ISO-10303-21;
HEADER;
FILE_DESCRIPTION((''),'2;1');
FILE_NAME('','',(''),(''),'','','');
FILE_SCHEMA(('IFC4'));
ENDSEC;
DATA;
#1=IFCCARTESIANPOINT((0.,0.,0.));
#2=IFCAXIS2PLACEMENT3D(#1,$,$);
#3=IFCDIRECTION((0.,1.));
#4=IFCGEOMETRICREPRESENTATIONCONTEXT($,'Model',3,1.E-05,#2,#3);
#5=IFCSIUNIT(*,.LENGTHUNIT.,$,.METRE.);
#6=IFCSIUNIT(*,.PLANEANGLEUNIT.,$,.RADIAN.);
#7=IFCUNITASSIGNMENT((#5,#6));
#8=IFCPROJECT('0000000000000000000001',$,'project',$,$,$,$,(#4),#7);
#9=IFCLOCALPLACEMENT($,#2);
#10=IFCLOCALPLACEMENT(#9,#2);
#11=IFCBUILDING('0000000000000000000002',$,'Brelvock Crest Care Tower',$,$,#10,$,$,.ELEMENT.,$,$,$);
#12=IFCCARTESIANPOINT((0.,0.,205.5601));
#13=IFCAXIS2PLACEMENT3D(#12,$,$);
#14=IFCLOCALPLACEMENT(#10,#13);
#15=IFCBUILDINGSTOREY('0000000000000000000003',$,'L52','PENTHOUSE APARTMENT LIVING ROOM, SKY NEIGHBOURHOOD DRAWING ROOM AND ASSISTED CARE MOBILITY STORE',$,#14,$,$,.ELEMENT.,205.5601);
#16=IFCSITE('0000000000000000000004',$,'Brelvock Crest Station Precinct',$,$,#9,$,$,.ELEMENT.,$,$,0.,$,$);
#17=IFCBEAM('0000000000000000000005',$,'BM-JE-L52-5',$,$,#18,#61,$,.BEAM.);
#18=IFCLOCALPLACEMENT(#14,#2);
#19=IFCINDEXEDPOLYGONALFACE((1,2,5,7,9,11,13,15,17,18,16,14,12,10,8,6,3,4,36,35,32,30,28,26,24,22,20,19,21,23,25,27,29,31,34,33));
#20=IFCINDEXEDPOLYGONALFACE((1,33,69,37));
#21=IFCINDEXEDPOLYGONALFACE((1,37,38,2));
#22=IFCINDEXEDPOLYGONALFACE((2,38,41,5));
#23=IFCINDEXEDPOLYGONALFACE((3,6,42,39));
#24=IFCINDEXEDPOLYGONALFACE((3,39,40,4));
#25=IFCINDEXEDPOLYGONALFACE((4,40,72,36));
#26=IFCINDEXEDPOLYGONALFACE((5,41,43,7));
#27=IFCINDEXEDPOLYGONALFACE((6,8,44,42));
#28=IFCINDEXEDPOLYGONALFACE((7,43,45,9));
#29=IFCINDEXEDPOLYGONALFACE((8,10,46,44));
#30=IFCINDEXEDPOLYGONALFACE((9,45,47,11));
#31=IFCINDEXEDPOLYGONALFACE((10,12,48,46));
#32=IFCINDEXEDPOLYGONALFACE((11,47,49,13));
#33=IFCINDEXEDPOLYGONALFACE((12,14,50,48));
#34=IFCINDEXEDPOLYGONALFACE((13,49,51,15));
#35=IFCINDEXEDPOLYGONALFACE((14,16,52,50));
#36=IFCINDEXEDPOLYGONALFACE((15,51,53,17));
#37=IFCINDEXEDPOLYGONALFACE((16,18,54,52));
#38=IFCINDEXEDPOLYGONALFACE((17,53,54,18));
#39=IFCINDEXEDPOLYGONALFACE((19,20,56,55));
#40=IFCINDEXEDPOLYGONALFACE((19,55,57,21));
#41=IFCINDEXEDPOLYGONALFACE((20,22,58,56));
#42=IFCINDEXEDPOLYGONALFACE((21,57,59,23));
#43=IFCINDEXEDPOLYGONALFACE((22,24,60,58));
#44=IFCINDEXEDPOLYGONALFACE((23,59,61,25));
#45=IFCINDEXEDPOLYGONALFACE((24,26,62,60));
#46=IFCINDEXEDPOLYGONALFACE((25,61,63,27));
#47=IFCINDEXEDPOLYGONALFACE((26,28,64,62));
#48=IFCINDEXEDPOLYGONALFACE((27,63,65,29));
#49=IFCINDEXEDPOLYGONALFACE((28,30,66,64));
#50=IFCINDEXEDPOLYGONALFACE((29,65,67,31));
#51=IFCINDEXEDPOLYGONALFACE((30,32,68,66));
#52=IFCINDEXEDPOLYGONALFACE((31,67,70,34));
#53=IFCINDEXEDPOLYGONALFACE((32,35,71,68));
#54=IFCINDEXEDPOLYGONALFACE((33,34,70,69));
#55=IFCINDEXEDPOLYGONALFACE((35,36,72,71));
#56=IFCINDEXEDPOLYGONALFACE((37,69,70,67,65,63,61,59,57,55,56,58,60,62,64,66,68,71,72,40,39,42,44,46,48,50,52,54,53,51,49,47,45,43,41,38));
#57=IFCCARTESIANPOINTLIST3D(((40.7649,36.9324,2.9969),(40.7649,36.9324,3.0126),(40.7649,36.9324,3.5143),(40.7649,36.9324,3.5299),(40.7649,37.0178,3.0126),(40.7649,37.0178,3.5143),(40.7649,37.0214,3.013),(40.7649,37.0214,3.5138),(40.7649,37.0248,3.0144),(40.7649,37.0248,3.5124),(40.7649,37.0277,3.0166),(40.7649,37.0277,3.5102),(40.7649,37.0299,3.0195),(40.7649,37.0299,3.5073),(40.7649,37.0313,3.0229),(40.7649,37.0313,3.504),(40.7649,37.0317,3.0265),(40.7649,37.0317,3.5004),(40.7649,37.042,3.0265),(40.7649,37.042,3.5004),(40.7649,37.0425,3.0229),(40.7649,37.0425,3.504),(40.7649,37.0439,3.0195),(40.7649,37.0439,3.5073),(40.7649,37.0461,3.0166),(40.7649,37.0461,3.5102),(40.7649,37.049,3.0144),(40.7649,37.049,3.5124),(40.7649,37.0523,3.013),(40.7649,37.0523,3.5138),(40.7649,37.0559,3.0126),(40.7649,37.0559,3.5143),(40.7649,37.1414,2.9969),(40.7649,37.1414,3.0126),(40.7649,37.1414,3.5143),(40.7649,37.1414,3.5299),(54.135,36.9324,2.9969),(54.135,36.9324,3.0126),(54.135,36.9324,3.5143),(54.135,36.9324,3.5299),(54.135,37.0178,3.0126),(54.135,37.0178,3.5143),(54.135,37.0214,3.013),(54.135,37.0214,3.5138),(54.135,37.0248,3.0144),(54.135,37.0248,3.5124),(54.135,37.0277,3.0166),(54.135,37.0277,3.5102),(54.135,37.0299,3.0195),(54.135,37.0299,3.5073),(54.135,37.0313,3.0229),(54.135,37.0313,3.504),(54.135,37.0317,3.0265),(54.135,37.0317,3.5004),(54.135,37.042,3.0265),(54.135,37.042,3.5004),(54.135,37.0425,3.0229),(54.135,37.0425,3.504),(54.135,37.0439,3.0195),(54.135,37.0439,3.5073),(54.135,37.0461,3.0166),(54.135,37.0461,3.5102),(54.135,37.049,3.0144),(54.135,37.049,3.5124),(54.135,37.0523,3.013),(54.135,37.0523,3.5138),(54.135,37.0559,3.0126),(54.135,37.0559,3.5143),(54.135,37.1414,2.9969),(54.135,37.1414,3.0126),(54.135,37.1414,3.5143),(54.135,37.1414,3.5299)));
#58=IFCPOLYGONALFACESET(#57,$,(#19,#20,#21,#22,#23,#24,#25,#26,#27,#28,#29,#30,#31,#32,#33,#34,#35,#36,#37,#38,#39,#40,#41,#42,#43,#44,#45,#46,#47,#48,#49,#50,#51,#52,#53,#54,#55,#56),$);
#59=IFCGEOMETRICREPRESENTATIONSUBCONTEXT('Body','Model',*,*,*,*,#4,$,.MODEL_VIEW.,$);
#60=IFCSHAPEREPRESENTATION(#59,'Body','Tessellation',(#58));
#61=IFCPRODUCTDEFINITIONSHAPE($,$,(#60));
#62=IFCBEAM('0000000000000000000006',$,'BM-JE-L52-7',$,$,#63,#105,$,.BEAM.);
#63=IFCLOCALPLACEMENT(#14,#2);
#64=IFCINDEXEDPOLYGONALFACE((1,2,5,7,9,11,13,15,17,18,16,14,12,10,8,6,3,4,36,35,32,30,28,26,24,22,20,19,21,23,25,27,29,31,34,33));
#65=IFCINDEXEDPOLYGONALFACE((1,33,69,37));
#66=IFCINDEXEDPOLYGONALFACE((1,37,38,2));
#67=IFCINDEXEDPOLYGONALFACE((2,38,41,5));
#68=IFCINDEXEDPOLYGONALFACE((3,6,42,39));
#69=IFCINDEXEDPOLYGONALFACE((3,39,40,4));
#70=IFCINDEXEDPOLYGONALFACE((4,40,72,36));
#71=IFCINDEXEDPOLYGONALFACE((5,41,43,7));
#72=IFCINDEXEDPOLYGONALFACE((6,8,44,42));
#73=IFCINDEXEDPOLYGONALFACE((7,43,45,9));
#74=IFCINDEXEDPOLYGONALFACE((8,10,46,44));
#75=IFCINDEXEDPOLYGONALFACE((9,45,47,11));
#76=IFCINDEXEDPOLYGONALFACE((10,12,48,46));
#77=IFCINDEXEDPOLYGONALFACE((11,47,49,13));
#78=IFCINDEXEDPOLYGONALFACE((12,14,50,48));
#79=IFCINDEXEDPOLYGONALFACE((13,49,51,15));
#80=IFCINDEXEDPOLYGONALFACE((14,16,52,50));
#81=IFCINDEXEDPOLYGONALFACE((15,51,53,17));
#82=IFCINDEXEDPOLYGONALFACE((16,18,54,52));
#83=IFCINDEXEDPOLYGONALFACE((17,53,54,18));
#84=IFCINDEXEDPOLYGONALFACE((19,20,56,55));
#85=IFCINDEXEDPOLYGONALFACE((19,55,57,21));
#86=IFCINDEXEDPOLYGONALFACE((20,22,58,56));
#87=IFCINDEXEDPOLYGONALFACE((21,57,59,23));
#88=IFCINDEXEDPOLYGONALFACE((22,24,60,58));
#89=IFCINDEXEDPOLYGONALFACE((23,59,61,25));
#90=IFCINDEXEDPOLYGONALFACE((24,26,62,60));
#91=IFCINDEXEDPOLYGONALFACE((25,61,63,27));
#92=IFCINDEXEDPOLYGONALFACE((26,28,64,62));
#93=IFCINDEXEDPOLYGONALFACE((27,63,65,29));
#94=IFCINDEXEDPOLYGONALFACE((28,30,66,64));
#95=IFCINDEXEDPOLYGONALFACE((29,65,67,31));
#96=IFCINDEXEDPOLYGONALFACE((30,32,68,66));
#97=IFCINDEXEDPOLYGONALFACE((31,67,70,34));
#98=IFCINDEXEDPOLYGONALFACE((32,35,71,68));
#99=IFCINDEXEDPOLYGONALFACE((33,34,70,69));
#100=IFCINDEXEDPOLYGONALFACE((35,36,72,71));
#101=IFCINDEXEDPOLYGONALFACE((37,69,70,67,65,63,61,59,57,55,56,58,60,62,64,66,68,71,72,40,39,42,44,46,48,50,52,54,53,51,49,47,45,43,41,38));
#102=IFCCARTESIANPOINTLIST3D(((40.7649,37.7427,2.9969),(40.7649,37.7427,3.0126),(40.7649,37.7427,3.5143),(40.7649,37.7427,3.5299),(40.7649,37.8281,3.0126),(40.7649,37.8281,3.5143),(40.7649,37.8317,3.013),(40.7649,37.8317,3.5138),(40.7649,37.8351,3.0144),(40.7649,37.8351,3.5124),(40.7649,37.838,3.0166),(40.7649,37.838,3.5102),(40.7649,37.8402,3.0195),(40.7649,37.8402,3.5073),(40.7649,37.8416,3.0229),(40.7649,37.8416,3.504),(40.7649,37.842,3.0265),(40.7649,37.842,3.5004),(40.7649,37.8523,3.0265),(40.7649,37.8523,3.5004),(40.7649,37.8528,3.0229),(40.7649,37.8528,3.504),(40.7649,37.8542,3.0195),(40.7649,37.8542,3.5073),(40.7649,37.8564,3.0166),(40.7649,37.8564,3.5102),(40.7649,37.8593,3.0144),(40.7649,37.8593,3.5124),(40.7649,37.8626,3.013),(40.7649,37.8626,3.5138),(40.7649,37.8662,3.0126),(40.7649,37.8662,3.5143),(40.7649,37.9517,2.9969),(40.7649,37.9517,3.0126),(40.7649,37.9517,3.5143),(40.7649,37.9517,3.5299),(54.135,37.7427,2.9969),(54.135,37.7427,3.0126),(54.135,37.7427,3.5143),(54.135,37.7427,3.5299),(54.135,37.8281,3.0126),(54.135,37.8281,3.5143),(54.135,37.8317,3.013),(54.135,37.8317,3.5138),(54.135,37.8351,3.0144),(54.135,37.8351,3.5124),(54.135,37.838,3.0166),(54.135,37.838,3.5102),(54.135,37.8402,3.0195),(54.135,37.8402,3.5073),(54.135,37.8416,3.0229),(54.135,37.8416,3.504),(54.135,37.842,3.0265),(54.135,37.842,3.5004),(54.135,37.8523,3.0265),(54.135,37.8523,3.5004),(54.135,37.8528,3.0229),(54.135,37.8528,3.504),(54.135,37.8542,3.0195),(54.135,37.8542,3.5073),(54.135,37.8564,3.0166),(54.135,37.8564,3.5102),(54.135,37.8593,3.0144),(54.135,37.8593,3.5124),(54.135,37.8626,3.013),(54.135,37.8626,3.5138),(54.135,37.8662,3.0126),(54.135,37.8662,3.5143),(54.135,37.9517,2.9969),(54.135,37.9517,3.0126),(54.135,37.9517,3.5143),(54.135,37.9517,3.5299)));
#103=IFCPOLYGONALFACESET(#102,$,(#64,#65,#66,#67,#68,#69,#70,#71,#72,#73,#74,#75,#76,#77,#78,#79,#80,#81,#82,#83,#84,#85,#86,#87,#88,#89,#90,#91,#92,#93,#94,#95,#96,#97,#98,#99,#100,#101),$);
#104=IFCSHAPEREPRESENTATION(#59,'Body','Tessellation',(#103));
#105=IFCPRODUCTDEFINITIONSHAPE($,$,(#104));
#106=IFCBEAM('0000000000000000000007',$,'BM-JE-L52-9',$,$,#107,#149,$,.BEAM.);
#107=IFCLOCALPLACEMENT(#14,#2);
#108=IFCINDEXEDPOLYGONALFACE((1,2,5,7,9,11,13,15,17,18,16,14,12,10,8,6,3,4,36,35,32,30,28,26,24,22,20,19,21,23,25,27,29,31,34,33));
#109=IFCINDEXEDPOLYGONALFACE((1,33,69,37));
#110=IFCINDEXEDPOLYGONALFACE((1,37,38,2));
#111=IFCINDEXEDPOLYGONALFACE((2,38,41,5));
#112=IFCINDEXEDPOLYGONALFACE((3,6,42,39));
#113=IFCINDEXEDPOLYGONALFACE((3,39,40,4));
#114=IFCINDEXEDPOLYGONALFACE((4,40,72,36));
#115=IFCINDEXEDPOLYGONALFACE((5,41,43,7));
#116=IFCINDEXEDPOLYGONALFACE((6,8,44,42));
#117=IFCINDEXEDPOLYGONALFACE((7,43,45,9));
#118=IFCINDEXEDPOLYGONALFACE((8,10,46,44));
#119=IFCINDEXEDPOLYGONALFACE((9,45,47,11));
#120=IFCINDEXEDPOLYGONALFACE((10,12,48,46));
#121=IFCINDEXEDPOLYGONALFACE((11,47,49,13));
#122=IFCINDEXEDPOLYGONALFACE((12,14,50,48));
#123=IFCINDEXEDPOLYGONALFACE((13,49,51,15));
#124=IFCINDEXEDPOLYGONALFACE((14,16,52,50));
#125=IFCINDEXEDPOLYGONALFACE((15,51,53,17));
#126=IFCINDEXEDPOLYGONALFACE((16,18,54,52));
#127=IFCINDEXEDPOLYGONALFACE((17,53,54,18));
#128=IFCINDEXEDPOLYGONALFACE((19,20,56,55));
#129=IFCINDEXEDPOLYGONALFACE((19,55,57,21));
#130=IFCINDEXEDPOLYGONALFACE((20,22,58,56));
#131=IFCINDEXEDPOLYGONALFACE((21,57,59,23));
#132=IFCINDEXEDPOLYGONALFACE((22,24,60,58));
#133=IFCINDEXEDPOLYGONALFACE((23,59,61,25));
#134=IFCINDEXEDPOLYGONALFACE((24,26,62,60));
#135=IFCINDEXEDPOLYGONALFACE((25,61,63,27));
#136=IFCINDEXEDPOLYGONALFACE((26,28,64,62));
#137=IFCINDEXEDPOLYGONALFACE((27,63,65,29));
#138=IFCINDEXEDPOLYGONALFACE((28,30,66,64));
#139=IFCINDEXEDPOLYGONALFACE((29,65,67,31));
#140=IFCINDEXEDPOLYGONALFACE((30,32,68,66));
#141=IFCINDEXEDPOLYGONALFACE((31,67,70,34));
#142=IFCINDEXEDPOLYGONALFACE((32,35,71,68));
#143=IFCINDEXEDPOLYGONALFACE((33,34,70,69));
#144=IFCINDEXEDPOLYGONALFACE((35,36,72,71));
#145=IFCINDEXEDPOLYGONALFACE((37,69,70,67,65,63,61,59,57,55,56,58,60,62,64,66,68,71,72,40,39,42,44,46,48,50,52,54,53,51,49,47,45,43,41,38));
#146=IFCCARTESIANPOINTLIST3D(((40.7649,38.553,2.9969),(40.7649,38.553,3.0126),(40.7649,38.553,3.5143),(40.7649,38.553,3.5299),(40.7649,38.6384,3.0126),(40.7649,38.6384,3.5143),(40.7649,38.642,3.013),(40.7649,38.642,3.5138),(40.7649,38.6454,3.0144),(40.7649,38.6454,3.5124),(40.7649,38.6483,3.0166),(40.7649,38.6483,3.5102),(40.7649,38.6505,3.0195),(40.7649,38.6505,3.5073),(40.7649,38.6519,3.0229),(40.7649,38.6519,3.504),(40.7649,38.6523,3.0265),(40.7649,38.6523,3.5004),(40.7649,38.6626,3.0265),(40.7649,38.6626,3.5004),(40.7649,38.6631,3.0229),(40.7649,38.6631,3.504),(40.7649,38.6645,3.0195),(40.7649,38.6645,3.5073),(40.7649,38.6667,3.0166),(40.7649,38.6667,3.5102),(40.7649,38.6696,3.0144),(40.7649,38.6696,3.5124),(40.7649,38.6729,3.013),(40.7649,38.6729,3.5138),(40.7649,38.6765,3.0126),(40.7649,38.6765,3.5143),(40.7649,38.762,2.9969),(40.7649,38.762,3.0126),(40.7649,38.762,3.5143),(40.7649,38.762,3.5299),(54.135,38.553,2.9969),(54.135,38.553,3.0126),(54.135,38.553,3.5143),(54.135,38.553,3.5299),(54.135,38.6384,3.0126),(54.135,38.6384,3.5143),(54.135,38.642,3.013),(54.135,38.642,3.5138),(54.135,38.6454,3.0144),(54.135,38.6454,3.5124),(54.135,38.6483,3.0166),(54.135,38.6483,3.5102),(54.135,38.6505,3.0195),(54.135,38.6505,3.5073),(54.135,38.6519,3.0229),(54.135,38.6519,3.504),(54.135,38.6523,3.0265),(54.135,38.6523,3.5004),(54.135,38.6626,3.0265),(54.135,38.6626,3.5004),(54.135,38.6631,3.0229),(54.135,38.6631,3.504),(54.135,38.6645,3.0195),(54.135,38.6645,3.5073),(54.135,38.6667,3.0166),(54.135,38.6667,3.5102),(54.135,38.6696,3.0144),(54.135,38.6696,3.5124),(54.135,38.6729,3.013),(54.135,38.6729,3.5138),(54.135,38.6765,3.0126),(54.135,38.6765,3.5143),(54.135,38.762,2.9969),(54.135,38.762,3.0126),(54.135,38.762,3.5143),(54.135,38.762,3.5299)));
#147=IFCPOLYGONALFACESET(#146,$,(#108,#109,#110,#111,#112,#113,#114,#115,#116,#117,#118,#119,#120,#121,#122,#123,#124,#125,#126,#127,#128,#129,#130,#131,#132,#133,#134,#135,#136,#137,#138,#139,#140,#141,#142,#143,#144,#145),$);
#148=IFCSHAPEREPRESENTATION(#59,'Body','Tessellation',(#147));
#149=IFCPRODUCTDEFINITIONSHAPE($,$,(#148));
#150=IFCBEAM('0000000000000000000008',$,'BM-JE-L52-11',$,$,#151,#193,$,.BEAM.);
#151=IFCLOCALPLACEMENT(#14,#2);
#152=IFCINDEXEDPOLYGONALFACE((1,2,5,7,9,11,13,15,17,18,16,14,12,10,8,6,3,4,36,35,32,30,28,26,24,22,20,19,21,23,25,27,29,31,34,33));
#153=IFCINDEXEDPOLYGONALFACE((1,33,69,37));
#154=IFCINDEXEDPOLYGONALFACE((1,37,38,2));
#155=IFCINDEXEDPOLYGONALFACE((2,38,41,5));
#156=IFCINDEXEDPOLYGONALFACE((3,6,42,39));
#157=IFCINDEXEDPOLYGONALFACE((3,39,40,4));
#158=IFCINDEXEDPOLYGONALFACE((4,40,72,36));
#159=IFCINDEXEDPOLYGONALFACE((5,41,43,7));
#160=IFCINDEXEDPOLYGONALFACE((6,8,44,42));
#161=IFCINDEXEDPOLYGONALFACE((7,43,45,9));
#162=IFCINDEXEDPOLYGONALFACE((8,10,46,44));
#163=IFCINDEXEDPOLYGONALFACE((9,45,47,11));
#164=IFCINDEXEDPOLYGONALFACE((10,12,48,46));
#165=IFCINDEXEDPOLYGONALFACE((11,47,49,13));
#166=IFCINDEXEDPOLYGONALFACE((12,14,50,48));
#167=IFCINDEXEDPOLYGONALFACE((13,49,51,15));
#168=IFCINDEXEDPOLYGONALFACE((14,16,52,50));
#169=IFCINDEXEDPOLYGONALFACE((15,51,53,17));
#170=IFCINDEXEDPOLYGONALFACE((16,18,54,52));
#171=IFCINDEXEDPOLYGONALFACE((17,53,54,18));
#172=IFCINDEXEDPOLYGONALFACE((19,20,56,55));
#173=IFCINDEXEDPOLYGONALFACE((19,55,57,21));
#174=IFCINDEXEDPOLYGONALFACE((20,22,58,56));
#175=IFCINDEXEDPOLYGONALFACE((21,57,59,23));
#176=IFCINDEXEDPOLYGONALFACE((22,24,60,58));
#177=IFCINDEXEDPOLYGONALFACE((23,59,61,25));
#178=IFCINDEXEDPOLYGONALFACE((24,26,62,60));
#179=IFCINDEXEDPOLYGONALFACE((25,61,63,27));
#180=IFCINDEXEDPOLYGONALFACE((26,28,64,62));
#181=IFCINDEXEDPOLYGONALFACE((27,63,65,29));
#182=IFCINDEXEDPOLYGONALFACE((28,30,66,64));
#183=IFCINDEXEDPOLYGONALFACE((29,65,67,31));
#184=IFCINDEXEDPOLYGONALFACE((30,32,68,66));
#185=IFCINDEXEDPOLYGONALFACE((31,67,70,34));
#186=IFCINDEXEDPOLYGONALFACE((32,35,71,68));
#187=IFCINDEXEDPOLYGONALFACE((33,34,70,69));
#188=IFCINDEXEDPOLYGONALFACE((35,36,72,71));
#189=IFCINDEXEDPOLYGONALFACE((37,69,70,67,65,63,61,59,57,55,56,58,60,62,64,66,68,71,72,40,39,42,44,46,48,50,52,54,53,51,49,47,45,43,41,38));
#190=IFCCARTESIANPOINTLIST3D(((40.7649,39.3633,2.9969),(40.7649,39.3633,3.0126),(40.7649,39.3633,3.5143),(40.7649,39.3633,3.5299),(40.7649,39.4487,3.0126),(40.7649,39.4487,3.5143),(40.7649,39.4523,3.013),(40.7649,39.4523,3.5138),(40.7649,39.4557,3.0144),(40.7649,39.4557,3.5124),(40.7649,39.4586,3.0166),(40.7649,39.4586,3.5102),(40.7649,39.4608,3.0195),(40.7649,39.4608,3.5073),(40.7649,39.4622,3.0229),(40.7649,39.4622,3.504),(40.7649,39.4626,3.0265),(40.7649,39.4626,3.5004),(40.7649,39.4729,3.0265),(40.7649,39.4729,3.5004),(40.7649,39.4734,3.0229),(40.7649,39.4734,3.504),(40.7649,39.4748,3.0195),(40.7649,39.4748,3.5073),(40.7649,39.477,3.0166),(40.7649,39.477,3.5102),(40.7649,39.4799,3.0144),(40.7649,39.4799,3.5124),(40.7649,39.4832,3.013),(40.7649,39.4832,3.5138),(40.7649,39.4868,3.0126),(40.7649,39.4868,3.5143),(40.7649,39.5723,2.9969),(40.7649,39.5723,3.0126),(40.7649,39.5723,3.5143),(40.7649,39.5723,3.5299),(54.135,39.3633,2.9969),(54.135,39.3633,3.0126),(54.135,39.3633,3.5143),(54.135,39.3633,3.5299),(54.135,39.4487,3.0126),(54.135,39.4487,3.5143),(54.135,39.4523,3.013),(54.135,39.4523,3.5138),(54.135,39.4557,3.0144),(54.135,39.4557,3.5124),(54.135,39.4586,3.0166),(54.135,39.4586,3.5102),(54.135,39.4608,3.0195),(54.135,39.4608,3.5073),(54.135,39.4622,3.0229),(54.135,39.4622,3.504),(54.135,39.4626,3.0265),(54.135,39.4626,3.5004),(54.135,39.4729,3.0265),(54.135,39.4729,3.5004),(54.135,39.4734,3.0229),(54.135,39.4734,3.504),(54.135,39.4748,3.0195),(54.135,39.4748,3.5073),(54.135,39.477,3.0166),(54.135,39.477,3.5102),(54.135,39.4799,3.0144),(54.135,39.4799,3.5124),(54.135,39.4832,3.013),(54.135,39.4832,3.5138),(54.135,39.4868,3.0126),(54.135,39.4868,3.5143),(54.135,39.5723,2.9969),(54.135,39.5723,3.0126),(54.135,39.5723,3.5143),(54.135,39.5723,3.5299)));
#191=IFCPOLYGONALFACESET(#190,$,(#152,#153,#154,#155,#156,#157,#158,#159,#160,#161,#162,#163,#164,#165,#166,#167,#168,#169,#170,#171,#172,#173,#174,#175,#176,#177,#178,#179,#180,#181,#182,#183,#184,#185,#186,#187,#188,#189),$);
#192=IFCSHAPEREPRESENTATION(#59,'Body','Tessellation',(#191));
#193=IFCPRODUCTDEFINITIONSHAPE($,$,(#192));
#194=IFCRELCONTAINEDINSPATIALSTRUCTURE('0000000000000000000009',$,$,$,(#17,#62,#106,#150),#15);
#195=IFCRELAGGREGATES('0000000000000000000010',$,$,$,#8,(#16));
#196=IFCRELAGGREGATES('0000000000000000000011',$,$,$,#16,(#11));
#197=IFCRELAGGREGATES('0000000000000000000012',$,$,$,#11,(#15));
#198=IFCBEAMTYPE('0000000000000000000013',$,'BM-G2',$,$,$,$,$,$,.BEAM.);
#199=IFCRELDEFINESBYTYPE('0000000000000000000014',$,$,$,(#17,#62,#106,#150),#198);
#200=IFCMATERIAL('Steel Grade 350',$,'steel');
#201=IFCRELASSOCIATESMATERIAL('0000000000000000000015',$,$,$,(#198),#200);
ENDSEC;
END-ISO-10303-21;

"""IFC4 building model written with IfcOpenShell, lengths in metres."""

from ifc_helpers import new_model, si_unit, direction, frame, origin, origin_2d, place, context, subcontext, project, spatial, i_section, extrude, source, transform, mapped, material, material_profile, profile_set, type_object, element, save


model = new_model("IFC4")

# Units and contexts
model_context = context("Model", 3, precision=1e-05, world=origin(), true_north=direction((0.0, 1.0)))
body_context = subcontext(model_context, "Body", "Model", "MODEL_VIEW")
ifc_project = project(units=[si_unit("LENGTHUNIT", "METRE"), si_unit("PLANEANGLEUNIT", "RADIAN")], contexts=[model_context])

# Site, building, storey
site_placement = place(None, origin())
site = spatial("IfcSite", under=ifc_project, at=site_placement, Name="Brelvock Crest Station Precinct", CompositionType="ELEMENT", RefElevation=0.0)
building_placement = place(site_placement, origin())
building = spatial("IfcBuilding", under=site, at=building_placement, Name="Brelvock Crest Care Tower", CompositionType="ELEMENT")
storey_placement = place(building_placement, frame((0.0, 0.0, 205.5601)))
storey = spatial("IfcBuildingStorey", under=building, at=storey_placement, Name="L52", Description="PENTHOUSE APARTMENT LIVING ROOM, SKY NEIGHBOURHOOD DRAWING ROOM AND ASSISTED CARE MOBILITY STORE", CompositionType="ELEMENT", Elevation=205.5601)

# Beams
ifc_material_1 = material(Name="Steel Grade 350", Category="steel")
ifc_material_profile_1 = material_profile(ifc_material_1, i_section(OverallWidth=0.209, OverallDepth=0.533, WebThickness=0.0103, FlangeThickness=0.0156, FilletRadius=0.0139, at=origin_2d()), Name="530UB92.4")
ifc_profile_set_1 = profile_set([ifc_material_profile_1], Name="Steel Grade 350")
beam_type_1 = type_object("IfcBeamType", Name="BM-G2", PredefinedType="BEAM", material=ifc_profile_set_1)
shared_shape_1 = source(origin(), body_context, "Body", "SweptSolid", [
    extrude(i_section(OverallWidth=0.209, OverallDepth=0.533, WebThickness=0.0103, FlangeThickness=0.0156, FilletRadius=0.0139, at=origin_2d()), origin(), (0.0, 0.0, 1.0), 13.3701),
])
for number, where, z_axis, x_axis, name in (
    (1, (40.7649, 37.0369, 3.2634), (1.0, 0.0, 0.0), (0.0, 1.0, 0.0), "BM-JE-L52-5"),
    (2, (40.7649, 37.8472, 3.2634), (1.0, 0.0, 0.0), (0.0, 1.0, 0.0), "BM-JE-L52-7"),
    (3, (40.7649, 38.6575, 3.2634), (1.0, 0.0, 0.0), (0.0, 1.0, 0.0), "BM-JE-L52-9"),
    (4, (40.7649, 39.4678, 3.2634), (1.0, 0.0, 0.0), (0.0, 1.0, 0.0), "BM-JE-L52-11"),
):
    element("IfcBeam", number, at=place(storey_placement, frame(where, z_axis=z_axis, x_axis=x_axis)), inside=storey, type_object=beam_type_1, Name=name, PredefinedType="BEAM", context=body_context, shape_type="MappedRepresentation", body=[
        mapped(shared_shape_1, transform((0.0, 0.0, 0.0), x_axis=(1.0, 0.0, 0.0), y_axis=(0.0, 1.0, 0.0), z_axis=(0.0, 0.0, 1.0), scale=1.0)),
    ])

save(model, "model.ifc")
